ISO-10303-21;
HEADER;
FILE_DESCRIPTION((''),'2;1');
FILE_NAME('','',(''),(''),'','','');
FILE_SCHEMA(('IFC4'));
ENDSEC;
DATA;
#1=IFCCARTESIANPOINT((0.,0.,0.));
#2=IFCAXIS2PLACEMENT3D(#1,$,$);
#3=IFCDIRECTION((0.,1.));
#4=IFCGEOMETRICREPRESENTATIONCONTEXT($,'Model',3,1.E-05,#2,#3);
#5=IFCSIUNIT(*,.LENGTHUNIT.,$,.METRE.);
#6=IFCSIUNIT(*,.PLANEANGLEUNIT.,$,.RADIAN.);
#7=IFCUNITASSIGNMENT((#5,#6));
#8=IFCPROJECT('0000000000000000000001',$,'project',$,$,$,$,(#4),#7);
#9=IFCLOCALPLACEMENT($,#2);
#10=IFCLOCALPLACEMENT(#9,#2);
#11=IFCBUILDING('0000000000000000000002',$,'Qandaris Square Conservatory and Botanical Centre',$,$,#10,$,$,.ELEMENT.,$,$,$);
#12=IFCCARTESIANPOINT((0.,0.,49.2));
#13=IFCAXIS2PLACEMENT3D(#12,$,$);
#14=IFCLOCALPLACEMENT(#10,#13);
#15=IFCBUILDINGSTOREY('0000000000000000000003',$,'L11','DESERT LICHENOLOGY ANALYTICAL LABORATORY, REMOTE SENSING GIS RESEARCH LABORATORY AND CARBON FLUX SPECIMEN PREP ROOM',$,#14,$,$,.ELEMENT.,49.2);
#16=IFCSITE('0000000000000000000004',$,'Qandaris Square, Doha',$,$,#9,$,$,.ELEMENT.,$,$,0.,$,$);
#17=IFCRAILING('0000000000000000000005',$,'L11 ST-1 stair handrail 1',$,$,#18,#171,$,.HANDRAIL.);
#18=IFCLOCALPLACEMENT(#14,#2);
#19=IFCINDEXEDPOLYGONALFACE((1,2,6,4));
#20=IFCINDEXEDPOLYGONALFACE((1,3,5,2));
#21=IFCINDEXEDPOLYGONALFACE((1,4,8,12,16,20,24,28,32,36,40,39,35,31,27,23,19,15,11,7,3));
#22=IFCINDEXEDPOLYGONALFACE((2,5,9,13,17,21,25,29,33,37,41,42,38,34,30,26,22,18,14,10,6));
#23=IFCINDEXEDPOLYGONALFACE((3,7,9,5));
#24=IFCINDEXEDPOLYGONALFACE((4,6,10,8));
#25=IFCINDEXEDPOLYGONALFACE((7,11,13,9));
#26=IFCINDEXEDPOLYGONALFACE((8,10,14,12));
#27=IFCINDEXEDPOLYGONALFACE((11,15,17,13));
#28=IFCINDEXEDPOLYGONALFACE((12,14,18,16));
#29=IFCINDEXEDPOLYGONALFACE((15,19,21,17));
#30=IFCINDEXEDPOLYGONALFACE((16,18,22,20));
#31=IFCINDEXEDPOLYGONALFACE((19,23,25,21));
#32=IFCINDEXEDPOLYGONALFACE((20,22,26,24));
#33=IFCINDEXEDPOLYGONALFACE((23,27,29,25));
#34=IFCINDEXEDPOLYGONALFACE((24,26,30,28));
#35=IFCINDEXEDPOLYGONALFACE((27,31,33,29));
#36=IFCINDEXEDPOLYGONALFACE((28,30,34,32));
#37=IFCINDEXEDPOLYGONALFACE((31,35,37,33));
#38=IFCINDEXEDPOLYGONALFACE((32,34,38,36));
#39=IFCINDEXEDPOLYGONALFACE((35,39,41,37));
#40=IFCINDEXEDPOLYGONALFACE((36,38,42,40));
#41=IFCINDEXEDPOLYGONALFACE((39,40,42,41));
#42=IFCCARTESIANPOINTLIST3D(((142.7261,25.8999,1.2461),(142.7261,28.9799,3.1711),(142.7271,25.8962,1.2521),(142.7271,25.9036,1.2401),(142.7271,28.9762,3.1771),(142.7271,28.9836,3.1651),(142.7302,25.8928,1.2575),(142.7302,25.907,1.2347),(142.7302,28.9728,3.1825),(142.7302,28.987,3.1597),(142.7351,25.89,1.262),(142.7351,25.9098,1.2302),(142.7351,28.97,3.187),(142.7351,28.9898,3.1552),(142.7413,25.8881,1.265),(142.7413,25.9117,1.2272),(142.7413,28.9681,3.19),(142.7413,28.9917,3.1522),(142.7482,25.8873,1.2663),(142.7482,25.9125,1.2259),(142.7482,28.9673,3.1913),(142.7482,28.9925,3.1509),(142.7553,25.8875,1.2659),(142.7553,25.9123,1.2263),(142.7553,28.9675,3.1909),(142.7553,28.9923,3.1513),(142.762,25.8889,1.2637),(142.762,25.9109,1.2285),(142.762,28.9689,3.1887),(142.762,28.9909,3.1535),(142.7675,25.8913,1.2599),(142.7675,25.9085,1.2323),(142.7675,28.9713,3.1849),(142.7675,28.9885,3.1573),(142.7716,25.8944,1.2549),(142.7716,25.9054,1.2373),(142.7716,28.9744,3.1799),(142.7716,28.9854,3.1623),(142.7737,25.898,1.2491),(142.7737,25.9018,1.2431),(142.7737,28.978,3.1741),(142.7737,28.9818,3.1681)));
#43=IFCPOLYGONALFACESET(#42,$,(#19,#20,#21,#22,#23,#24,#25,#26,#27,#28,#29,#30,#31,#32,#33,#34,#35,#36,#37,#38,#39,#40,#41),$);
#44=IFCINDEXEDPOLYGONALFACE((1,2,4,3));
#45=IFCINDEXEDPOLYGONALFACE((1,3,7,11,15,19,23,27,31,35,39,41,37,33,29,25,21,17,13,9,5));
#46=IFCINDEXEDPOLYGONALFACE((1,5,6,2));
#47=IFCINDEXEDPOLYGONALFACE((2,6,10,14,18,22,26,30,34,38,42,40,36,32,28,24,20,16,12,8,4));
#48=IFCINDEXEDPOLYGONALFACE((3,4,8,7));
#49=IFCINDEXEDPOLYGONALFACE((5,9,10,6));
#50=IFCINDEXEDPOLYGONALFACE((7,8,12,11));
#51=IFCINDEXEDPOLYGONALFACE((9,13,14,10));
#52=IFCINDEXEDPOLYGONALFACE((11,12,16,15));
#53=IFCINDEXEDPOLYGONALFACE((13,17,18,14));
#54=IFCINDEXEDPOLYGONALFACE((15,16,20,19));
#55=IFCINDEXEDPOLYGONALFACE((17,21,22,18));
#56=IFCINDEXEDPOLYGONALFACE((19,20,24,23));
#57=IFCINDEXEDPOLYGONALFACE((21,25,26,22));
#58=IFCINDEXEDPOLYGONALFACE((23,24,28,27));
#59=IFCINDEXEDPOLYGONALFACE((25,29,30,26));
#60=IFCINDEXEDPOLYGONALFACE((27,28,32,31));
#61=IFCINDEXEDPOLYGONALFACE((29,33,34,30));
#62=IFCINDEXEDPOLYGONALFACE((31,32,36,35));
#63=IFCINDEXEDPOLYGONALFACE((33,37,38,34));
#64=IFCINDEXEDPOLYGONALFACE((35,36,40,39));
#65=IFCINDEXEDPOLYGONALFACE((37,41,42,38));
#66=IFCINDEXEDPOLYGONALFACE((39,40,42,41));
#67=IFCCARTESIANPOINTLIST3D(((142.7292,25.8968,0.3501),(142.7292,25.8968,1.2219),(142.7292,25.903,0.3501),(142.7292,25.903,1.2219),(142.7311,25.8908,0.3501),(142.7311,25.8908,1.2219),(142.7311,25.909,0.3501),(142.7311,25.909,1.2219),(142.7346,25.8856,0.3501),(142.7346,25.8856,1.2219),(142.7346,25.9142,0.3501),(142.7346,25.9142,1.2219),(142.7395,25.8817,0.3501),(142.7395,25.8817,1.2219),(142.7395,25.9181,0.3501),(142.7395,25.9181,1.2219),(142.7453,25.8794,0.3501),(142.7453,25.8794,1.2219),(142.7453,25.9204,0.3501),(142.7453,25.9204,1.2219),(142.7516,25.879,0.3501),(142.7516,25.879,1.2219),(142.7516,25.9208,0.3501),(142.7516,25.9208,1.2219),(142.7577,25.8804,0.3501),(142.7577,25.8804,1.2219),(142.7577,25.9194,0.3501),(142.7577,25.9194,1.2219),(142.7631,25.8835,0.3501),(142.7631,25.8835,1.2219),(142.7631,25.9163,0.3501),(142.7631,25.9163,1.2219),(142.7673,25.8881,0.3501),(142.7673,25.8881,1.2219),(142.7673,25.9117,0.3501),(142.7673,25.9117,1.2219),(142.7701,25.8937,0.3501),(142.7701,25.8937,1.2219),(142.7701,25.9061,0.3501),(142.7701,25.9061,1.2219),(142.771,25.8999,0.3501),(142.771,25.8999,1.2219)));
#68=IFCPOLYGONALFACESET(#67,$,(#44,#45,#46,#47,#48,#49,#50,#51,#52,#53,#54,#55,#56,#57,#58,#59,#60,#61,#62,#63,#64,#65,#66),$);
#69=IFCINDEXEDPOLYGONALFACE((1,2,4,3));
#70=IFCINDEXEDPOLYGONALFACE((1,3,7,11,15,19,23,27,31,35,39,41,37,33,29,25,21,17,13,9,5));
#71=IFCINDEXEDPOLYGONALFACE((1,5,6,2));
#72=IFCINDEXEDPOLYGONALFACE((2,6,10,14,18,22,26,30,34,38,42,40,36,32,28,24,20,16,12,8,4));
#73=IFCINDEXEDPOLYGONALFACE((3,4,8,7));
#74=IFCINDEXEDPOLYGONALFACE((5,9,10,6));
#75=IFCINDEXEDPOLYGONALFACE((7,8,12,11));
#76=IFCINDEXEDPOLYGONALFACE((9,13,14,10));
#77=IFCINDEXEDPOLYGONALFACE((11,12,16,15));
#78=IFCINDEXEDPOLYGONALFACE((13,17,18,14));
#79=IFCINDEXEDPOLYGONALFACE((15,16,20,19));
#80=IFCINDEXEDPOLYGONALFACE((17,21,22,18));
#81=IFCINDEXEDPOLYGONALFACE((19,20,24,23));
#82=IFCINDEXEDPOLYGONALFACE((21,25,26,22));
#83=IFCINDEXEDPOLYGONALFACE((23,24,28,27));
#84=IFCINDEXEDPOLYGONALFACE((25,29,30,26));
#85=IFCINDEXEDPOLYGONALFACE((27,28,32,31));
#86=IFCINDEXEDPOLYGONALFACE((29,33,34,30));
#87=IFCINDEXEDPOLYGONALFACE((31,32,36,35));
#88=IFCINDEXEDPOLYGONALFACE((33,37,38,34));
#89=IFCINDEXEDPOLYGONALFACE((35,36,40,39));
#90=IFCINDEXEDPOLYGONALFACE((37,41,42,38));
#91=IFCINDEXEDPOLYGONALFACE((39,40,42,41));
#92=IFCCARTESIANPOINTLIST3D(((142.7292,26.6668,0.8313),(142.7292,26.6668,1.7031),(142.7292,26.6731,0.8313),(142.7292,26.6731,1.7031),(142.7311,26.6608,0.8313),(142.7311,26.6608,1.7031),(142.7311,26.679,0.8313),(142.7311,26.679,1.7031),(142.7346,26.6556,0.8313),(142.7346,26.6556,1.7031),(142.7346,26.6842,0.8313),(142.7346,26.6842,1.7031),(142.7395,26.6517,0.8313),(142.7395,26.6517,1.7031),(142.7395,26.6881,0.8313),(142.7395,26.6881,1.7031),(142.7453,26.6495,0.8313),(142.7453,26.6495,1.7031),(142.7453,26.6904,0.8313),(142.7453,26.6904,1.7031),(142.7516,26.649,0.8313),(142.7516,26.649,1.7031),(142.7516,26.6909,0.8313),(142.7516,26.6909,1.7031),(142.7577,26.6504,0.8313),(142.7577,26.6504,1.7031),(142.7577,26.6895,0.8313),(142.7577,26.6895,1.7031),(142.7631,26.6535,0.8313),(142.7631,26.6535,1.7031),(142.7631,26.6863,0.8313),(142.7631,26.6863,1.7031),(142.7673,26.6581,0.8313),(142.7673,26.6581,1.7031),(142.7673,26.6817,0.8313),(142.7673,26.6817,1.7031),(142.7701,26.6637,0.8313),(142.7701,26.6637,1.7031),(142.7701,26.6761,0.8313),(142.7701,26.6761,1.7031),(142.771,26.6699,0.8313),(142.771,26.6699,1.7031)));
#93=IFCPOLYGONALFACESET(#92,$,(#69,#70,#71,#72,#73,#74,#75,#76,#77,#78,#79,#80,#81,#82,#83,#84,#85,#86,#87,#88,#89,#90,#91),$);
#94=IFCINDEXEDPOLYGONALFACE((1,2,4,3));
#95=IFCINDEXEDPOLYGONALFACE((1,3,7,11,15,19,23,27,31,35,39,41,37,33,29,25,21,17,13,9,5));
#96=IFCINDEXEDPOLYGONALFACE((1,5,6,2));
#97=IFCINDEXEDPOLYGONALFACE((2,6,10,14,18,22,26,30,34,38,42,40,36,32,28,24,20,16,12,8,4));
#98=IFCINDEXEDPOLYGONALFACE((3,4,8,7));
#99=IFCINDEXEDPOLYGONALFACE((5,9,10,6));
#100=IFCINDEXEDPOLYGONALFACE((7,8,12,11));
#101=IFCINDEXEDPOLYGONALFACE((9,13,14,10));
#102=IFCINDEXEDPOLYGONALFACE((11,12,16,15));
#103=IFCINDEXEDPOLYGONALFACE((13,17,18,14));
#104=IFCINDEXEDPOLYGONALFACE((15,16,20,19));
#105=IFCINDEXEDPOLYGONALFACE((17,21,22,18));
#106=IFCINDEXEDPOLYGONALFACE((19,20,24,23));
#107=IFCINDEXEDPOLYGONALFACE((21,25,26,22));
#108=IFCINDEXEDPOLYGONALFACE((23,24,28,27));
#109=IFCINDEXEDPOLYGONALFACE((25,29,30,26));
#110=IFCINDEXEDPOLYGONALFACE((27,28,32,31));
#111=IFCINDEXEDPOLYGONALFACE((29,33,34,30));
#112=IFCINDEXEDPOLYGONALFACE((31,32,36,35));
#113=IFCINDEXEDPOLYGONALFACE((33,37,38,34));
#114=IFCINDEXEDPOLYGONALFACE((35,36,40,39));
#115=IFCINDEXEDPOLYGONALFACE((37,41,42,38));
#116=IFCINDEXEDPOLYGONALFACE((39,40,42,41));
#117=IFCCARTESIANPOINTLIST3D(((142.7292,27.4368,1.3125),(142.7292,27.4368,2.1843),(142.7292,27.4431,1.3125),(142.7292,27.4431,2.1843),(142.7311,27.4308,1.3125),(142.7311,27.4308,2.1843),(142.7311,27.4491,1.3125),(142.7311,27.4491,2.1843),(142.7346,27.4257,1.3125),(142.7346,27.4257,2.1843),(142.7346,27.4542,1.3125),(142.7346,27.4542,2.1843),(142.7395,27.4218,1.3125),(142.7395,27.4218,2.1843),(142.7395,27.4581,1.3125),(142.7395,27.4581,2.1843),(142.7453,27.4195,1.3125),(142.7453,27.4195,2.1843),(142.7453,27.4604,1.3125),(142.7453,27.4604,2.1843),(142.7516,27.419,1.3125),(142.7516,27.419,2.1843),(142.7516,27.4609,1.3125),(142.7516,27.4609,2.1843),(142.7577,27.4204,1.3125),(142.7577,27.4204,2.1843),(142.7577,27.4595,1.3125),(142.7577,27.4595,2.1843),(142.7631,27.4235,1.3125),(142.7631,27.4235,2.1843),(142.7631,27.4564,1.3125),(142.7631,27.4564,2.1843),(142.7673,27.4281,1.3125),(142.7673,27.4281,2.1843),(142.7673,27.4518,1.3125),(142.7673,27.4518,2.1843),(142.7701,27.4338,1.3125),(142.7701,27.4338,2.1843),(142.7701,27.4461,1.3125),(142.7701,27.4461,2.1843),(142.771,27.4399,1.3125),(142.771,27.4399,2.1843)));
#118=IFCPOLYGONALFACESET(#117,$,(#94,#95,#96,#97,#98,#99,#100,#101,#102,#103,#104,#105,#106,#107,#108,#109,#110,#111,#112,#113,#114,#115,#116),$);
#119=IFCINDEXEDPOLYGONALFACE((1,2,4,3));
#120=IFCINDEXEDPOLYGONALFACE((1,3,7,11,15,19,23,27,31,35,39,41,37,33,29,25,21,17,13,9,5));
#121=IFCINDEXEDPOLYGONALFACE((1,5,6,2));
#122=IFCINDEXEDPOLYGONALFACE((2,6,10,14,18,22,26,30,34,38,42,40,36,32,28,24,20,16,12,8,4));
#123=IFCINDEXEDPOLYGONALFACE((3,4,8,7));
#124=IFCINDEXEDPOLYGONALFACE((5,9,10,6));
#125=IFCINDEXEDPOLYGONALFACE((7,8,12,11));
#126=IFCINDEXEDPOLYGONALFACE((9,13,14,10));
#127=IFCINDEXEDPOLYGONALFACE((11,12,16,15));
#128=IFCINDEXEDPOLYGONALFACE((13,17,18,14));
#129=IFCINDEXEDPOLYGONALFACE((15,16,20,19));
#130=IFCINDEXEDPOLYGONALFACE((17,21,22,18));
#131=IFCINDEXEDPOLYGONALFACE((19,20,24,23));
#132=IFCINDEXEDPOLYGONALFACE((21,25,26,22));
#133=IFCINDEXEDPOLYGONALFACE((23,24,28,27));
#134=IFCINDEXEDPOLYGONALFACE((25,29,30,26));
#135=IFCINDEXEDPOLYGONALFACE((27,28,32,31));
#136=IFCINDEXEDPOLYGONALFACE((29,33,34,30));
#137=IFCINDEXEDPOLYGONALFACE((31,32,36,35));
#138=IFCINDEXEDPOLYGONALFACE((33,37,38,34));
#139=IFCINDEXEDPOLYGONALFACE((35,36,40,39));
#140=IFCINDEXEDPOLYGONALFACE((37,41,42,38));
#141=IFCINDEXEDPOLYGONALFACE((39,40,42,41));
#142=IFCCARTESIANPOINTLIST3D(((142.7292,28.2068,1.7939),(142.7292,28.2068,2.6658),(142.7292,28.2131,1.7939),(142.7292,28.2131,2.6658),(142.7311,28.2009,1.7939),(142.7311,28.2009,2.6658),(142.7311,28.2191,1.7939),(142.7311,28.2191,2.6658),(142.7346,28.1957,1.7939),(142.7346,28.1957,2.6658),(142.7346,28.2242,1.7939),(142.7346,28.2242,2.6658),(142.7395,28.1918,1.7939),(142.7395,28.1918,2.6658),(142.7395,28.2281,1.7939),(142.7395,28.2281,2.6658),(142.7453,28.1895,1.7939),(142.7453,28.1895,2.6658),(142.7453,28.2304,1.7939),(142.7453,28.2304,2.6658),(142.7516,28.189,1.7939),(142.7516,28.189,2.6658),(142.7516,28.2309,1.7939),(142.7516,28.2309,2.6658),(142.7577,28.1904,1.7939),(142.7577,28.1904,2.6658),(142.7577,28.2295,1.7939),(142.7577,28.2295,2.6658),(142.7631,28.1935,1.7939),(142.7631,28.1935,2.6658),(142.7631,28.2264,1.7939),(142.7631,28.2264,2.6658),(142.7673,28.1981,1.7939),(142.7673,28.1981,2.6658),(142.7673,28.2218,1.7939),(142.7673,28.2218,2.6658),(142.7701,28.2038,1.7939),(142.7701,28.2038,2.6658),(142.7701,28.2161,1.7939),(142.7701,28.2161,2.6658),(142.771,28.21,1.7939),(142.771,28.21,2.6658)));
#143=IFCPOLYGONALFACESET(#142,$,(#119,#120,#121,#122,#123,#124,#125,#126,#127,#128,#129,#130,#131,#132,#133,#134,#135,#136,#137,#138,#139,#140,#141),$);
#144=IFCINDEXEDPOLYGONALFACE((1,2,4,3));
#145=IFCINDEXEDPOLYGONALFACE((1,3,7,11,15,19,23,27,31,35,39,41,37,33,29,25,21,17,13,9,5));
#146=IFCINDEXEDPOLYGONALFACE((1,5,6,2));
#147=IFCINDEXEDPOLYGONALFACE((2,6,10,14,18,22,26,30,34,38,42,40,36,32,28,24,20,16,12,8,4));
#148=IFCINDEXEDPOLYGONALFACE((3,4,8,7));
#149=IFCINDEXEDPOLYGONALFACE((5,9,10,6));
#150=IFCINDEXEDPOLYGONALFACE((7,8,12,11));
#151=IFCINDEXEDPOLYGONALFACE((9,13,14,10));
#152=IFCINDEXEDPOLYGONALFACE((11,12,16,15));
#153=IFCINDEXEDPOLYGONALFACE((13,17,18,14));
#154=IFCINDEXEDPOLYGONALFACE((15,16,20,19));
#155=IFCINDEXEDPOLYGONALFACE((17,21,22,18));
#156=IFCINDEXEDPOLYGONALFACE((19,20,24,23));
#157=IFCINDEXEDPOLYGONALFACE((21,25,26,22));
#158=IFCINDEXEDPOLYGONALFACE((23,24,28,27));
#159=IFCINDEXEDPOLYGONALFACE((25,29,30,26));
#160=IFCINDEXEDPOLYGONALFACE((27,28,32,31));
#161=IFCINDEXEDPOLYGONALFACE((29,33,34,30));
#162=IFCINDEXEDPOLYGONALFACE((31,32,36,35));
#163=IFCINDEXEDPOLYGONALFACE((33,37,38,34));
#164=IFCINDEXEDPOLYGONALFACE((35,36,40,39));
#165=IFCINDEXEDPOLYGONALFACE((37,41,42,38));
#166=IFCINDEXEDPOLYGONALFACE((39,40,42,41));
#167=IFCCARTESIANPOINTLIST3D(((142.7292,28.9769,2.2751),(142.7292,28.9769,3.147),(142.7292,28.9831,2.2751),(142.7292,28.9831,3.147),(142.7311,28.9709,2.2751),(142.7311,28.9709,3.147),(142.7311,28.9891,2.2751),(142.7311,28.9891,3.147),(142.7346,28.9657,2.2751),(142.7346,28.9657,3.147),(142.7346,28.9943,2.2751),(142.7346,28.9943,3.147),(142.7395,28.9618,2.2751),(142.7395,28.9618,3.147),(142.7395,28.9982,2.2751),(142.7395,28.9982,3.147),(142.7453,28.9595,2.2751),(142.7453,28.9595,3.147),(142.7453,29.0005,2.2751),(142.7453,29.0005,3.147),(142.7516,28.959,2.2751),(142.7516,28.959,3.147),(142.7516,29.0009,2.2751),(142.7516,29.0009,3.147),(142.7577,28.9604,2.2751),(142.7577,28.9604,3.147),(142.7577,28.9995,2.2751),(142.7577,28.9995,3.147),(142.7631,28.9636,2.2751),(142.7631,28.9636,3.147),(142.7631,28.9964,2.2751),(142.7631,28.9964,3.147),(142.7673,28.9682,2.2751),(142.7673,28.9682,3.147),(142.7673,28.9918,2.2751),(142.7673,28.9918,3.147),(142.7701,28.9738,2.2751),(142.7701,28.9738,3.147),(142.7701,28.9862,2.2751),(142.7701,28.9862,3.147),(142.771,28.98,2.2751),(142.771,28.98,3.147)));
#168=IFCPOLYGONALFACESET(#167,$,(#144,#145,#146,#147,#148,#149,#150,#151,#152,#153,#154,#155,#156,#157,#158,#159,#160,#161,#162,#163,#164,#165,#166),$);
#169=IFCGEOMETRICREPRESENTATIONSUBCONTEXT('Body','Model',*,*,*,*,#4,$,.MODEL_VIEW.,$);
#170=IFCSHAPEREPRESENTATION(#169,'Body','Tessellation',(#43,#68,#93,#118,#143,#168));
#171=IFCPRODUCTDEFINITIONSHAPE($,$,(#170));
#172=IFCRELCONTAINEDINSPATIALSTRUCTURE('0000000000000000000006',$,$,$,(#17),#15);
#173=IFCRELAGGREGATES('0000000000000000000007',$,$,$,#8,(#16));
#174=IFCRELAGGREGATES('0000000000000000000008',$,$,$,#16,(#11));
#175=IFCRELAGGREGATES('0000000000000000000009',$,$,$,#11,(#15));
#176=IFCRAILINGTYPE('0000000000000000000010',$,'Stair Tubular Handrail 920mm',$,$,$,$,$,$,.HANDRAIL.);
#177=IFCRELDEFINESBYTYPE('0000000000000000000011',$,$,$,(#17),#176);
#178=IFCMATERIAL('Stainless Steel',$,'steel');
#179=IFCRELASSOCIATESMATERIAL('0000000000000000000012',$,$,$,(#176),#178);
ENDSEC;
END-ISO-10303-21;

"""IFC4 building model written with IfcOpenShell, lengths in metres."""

from ifc_helpers import new_model, si_unit, direction, frame, origin, origin_2d, place, context, subcontext, project, spatial, circle, extrude, material, type_object, element, save


model = new_model("IFC4")

# Units and contexts
model_context = context("Model", 3, precision=1e-05, world=origin(), true_north=direction((0.0, 1.0)))
body_context = subcontext(model_context, "Body", "Model", "MODEL_VIEW")
ifc_project = project(units=[si_unit("LENGTHUNIT", "METRE"), si_unit("PLANEANGLEUNIT", "RADIAN")], contexts=[model_context])

# Site, building, storey
site_placement = place(None, origin())
site = spatial("IfcSite", under=ifc_project, at=site_placement, Name="Qandaris Square, Doha", CompositionType="ELEMENT", RefElevation=0.0)
building_placement = place(site_placement, origin())
building = spatial("IfcBuilding", under=site, at=building_placement, Name="Qandaris Square Conservatory and Botanical Centre", CompositionType="ELEMENT")
storey_placement = place(building_placement, frame((0.0, 0.0, 49.2)))
storey = spatial("IfcBuildingStorey", under=building, at=storey_placement, Name="L11", Description="DESERT LICHENOLOGY ANALYTICAL LABORATORY, REMOTE SENSING GIS RESEARCH LABORATORY AND CARBON FLUX SPECIMEN PREP ROOM", CompositionType="ELEMENT", Elevation=49.2)

# Railing
ifc_material_1 = material(Name="Stainless Steel", Category="steel")
railing_type_1 = type_object("IfcRailingType", Name="Stair Tubular Handrail 920mm", PredefinedType="HANDRAIL", material=ifc_material_1)
railing_1_placement = place(storey_placement, frame((142.75, 25.8999, 0.3501)))
element("IfcRailing", 1, at=railing_1_placement, inside=storey, type_object=railing_type_1, Name="L11 ST-1 stair handrail 1", PredefinedType="HANDRAIL", context=body_context, shape_type="SweptSolid", body=[
    extrude(circle(Radius=0.0239, at=origin_2d()), frame((0.0, 0.0, 0.896), z_axis=(0.0, 0.847998, 0.529999), x_axis=(-1.0, 0.0, 0.0)), (0.0, 0.0, 1.0), 3.6321),
    extrude(circle(Radius=0.021, at=origin_2d()), origin(), (0.0, 0.0, 1.0), 0.8718),
    extrude(circle(Radius=0.021, at=origin_2d()), frame((0.0, 0.77, 0.4812)), (0.0, 0.0, 1.0), 0.8718),
    extrude(circle(Radius=0.021, at=origin_2d()), frame((0.0, 1.54, 0.9624)), (0.0, 0.0, 1.0), 0.8718),
    extrude(circle(Radius=0.021, at=origin_2d()), frame((0.0, 2.3101, 1.4438)), (0.0, 0.0, 1.0), 0.8718),
    extrude(circle(Radius=0.021, at=origin_2d()), frame((0.0, 3.0801, 1.925)), (0.0, 0.0, 1.0), 0.8718),
])

save(model, "model.ifc")
